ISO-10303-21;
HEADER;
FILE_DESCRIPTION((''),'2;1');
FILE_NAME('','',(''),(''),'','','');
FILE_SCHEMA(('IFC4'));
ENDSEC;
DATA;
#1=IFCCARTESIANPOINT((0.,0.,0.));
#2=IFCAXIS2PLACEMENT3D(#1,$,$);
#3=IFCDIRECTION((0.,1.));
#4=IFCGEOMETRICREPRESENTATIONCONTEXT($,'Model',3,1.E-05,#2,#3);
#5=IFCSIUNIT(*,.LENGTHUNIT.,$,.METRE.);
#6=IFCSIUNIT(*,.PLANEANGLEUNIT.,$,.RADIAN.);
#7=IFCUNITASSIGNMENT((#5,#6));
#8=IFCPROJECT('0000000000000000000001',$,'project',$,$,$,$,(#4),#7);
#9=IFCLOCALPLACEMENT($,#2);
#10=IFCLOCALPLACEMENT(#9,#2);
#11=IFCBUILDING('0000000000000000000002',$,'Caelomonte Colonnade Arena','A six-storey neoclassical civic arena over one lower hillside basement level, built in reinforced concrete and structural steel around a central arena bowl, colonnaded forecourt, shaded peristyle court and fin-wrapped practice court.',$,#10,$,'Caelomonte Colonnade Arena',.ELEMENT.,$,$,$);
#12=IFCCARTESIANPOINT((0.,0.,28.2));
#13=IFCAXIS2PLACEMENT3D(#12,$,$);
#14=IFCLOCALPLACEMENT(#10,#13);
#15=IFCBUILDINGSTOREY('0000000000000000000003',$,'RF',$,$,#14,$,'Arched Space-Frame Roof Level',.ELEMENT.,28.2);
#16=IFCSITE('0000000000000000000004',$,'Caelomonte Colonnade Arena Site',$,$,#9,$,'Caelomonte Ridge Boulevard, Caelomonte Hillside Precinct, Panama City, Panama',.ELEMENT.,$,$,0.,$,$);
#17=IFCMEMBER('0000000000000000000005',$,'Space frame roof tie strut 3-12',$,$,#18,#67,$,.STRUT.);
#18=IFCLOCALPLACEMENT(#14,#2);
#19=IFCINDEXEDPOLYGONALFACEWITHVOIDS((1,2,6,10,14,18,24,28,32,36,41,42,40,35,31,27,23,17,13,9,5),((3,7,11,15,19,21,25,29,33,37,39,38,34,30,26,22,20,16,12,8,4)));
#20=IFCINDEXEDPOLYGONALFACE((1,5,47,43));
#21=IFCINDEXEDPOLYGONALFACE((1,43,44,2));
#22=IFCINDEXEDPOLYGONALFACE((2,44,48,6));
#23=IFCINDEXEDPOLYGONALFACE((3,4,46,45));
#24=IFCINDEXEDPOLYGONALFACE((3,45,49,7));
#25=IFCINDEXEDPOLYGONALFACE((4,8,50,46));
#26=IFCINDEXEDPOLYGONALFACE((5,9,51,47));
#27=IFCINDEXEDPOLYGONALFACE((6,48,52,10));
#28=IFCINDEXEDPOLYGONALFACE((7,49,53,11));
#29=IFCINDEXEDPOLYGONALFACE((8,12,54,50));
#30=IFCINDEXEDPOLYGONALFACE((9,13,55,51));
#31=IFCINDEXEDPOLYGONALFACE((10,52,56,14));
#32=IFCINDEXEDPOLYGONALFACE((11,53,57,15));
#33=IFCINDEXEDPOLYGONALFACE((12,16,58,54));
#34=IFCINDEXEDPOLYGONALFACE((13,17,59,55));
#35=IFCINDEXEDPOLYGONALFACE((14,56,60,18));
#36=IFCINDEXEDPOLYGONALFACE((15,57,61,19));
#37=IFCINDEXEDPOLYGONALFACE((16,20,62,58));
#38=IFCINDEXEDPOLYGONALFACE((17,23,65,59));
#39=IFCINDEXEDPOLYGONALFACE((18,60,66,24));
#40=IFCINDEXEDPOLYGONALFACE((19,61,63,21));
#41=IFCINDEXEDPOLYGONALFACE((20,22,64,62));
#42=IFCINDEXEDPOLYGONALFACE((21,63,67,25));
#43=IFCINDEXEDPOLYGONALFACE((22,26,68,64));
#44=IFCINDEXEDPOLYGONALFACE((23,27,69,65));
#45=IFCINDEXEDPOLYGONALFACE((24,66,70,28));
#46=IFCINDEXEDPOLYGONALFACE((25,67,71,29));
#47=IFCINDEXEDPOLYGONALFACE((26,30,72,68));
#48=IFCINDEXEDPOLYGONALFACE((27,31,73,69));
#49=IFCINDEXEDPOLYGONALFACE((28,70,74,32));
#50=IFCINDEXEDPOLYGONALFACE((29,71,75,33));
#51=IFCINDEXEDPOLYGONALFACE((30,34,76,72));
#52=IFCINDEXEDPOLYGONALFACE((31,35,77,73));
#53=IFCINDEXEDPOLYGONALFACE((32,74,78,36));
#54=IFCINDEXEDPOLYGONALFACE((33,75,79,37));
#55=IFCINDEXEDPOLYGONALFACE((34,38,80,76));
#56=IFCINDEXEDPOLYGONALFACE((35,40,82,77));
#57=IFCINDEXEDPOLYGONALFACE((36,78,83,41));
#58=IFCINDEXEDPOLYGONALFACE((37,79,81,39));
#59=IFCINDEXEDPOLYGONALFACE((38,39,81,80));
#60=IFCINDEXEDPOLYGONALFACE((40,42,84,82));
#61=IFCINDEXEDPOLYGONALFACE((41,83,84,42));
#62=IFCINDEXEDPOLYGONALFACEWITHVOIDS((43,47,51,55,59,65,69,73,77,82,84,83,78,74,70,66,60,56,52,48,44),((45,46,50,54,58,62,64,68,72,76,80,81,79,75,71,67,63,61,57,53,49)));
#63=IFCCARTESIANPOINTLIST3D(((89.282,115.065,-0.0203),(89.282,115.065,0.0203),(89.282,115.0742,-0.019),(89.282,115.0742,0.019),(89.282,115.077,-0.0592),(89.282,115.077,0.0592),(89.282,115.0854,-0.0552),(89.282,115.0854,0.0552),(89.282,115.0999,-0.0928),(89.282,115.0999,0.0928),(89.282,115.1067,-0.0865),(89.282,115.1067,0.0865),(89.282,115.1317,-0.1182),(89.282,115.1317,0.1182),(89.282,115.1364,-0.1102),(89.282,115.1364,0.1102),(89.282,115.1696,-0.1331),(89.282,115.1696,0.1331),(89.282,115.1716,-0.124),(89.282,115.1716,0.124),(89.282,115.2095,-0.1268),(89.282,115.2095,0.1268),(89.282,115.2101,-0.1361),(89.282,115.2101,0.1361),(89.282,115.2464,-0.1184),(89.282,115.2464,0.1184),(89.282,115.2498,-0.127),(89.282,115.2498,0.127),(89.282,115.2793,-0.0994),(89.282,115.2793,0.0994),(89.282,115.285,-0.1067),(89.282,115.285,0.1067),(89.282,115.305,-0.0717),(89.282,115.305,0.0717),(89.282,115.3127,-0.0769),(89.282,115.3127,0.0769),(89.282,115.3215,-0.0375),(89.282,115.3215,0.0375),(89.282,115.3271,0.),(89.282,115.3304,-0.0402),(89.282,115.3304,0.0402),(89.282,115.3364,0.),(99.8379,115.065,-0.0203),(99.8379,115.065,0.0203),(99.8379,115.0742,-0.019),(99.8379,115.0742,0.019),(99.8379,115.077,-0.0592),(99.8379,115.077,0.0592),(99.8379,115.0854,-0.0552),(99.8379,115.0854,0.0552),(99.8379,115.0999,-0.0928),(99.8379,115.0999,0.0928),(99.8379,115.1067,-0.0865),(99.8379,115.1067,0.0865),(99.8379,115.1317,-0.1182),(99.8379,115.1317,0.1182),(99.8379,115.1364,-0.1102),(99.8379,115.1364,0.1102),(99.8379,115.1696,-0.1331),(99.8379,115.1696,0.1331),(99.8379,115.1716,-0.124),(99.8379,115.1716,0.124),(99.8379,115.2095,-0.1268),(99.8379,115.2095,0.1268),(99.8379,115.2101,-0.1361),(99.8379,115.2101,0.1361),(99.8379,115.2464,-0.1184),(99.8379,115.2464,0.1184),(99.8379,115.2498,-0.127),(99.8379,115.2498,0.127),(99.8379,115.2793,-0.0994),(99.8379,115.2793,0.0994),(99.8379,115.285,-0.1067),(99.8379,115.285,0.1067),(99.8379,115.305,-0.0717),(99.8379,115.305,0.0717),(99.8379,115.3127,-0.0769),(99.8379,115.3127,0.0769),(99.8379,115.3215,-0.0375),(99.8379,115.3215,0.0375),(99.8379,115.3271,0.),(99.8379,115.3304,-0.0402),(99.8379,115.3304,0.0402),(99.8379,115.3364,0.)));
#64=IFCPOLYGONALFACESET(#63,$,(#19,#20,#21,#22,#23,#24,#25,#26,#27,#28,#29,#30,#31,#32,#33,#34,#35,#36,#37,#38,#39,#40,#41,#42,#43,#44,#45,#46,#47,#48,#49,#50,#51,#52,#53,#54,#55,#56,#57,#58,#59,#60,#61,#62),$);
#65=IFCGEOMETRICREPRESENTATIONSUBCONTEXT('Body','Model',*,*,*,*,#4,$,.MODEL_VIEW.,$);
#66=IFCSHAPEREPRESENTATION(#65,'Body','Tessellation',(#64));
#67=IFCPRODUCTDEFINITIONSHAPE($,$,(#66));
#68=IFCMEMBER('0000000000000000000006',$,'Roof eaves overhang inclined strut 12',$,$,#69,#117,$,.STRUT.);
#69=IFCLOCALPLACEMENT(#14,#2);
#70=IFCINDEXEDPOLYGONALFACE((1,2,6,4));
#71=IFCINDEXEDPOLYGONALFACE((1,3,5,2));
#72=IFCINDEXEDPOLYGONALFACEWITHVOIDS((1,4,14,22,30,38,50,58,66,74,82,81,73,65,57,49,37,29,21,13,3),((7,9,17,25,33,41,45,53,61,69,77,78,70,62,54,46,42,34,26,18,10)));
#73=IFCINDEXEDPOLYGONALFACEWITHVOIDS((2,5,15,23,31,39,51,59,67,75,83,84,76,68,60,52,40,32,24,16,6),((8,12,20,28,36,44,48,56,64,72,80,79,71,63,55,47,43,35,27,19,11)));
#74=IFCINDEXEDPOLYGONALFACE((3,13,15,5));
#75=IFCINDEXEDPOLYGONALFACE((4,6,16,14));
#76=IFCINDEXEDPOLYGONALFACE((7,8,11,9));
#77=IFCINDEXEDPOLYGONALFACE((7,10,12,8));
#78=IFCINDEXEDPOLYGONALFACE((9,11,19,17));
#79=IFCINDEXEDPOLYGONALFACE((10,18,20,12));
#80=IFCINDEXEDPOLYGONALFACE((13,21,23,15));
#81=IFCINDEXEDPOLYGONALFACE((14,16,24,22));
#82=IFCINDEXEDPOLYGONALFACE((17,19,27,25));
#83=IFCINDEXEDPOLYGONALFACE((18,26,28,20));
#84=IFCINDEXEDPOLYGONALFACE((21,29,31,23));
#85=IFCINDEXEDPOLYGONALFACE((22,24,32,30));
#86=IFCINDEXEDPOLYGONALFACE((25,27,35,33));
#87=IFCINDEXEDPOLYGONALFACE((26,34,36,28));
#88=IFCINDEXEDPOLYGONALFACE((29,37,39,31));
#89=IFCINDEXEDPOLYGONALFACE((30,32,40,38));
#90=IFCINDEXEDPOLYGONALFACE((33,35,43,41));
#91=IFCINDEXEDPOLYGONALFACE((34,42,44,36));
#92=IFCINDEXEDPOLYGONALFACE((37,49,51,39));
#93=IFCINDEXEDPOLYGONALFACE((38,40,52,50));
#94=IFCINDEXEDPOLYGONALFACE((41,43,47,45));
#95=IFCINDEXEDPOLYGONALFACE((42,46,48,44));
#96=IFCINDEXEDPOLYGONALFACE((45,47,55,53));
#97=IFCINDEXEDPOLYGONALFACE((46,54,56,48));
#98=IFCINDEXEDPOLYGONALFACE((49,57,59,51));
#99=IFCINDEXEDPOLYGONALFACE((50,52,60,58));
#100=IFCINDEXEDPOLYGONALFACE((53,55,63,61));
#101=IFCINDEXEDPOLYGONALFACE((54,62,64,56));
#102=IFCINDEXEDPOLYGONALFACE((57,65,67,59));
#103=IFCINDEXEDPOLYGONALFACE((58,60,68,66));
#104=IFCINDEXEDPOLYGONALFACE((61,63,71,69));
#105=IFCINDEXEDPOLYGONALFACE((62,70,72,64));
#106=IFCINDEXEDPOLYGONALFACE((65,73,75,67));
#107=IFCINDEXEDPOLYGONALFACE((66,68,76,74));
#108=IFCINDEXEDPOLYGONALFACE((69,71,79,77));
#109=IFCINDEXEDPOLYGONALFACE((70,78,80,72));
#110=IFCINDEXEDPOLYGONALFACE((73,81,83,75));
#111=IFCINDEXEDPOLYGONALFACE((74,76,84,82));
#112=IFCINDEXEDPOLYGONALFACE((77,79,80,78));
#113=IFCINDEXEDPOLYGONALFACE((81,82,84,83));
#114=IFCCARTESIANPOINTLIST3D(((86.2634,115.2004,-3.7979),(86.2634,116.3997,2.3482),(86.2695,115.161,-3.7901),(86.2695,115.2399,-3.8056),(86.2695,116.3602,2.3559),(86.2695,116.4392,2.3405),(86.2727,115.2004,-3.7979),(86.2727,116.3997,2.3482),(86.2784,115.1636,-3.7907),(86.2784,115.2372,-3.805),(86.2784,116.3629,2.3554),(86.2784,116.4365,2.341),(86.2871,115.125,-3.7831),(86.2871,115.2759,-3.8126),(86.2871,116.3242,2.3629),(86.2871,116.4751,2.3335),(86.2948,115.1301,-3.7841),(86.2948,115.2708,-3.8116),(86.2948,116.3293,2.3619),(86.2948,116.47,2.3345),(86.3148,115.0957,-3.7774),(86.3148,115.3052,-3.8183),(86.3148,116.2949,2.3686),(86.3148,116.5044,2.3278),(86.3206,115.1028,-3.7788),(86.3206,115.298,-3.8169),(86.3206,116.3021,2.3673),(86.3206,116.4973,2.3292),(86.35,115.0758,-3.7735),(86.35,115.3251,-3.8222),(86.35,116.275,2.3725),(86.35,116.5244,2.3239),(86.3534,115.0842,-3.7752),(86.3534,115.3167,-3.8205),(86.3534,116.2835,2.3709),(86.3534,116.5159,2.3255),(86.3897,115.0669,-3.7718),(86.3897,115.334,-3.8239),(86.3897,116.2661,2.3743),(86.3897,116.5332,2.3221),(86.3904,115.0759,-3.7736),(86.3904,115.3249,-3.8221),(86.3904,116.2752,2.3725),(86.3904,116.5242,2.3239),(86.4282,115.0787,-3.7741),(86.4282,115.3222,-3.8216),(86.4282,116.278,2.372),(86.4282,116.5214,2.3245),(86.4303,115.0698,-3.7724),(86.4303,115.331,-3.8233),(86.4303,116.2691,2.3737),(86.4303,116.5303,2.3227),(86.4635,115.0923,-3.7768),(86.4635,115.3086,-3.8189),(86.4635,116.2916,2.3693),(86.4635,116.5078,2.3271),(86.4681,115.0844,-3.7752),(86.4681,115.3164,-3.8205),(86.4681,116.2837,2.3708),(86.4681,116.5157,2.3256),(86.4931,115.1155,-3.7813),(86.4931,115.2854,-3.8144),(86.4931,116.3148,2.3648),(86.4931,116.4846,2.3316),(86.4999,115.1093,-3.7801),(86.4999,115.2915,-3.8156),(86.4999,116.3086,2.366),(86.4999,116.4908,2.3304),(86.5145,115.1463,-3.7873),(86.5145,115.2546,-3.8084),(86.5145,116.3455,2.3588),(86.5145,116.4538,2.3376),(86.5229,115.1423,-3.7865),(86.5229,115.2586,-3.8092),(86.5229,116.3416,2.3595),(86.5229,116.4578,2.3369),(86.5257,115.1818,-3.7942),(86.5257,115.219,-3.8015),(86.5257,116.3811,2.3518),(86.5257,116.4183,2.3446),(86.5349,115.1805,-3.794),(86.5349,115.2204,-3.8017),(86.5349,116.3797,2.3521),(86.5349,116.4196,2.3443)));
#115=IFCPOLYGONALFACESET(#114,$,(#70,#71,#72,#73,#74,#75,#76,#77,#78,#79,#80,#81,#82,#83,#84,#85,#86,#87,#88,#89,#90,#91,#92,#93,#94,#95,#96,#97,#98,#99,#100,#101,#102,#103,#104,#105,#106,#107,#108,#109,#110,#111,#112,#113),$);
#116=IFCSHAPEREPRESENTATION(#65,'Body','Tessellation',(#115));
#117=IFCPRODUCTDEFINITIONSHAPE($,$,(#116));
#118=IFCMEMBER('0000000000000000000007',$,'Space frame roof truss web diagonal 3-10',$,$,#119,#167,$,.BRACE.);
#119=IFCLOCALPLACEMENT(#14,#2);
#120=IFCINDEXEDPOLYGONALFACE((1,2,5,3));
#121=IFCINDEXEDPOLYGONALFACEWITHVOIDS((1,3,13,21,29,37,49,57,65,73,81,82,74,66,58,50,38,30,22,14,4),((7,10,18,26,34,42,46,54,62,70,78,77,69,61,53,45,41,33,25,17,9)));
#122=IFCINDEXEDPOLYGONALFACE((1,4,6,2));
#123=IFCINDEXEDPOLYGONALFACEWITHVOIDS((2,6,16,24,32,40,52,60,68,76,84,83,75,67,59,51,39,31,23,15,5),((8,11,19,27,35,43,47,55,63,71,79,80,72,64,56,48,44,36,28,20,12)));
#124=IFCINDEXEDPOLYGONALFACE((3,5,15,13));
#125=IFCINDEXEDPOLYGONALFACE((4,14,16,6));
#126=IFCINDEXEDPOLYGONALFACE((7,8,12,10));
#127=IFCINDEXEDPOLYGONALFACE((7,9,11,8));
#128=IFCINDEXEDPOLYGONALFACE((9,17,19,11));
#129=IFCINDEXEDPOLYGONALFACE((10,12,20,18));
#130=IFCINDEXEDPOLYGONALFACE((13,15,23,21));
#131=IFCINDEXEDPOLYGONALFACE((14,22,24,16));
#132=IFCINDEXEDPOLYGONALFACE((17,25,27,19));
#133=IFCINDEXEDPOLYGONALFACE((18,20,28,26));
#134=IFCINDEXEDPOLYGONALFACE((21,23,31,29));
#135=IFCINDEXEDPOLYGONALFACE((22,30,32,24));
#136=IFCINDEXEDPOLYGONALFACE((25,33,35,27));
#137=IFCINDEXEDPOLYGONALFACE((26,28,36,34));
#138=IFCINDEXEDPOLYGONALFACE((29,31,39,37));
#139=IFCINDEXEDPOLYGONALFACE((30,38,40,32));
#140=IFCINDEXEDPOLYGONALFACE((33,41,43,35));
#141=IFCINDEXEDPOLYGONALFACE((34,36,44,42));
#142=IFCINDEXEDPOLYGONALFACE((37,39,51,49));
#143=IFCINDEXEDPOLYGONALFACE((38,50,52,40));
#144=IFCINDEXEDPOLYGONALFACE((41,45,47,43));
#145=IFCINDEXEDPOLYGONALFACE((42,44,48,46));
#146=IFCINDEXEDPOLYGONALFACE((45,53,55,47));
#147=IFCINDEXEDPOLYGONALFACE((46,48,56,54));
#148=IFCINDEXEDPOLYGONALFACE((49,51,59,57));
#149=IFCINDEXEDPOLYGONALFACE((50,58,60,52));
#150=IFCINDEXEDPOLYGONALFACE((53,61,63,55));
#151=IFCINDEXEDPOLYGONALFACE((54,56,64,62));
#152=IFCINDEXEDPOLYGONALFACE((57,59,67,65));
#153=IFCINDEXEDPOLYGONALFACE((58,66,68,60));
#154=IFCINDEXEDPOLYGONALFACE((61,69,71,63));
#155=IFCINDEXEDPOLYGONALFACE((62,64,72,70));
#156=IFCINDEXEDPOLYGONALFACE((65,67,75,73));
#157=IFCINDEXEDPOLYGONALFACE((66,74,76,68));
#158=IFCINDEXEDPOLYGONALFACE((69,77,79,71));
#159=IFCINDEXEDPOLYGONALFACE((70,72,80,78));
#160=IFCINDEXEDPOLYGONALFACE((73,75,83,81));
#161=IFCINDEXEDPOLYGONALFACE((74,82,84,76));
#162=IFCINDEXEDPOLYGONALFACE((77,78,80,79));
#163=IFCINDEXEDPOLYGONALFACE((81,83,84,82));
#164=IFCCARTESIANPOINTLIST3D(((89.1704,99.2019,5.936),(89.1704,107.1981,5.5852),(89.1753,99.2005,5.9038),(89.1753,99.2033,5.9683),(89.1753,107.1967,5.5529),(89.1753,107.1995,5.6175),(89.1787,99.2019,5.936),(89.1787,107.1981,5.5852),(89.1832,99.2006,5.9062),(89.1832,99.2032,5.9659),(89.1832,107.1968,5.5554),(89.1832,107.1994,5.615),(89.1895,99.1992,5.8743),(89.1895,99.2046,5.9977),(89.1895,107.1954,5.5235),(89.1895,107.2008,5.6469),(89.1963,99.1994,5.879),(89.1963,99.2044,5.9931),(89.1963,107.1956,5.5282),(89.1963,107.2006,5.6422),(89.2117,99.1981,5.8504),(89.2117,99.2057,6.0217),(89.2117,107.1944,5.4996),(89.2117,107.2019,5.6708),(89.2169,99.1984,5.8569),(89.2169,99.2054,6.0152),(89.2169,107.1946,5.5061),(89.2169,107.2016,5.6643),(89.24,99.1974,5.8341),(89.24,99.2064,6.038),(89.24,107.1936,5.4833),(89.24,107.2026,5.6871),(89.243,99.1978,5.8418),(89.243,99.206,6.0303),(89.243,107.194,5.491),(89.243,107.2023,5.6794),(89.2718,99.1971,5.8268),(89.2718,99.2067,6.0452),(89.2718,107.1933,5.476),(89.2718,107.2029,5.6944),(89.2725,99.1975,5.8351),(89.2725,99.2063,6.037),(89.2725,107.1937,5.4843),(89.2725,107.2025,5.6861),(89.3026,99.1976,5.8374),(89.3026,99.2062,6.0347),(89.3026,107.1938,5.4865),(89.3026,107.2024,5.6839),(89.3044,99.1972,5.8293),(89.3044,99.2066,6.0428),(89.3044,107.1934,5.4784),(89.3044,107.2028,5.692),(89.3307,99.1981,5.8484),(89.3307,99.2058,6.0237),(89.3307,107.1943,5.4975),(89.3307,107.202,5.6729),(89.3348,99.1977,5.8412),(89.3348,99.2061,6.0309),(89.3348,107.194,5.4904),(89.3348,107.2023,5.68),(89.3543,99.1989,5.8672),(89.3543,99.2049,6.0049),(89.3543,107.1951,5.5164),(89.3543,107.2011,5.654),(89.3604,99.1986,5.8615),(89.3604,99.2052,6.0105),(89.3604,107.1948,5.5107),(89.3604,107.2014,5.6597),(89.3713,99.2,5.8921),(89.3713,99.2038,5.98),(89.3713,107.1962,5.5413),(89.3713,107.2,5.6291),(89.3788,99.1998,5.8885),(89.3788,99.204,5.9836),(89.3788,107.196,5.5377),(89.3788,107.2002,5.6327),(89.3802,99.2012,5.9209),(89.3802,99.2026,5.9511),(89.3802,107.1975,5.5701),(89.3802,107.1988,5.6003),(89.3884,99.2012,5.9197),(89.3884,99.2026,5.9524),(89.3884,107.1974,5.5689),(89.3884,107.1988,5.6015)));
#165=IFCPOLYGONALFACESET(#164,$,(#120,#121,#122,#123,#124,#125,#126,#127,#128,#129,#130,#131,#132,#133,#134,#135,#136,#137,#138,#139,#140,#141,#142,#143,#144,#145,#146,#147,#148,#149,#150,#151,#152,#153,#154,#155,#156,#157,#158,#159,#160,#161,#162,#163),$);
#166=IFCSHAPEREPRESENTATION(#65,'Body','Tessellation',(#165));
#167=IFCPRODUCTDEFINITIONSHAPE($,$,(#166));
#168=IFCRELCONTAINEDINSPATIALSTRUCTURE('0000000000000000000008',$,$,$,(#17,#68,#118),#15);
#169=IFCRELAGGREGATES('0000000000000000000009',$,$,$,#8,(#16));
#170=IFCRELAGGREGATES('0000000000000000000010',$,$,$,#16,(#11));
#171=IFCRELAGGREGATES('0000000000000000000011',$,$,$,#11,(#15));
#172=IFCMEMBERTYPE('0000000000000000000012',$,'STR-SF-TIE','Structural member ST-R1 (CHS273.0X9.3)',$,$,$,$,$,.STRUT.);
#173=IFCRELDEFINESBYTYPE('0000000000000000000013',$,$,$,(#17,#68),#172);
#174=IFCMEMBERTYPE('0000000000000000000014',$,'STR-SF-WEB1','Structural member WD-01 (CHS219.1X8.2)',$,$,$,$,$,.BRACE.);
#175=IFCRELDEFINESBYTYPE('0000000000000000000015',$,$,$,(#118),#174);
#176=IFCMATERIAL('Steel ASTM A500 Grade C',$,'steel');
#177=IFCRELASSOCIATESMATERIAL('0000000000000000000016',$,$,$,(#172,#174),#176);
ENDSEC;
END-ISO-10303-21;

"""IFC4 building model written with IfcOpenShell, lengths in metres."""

from ifc_helpers import new_model, si_unit, direction, frame, origin, origin_2d, place, context, subcontext, project, spatial, hollow_circle, extrude, material, material_profile, profile_set, type_object, element, save


model = new_model("IFC4")

# Units and contexts
model_context = context("Model", 3, precision=1e-05, world=origin(), true_north=direction((0.0, 1.0)))
body_context = subcontext(model_context, "Body", "Model", "MODEL_VIEW")
ifc_project = project(units=[si_unit("LENGTHUNIT", "METRE"), si_unit("PLANEANGLEUNIT", "RADIAN")], contexts=[model_context])

# Site, building, storey
site_placement = place(None, origin())
site = spatial("IfcSite", under=ifc_project, at=site_placement, Name="Caelomonte Colonnade Arena Site", LongName="Caelomonte Ridge Boulevard, Caelomonte Hillside Precinct, Panama City, Panama", CompositionType="ELEMENT", RefElevation=0.0)
building_placement = place(site_placement, origin())
building = spatial("IfcBuilding", under=site, at=building_placement, Name="Caelomonte Colonnade Arena", Description="A six-storey neoclassical civic arena over one lower hillside basement level, built in reinforced concrete and structural steel around a central arena bowl, colonnaded forecourt, shaded peristyle court and fin-wrapped practice court.", LongName="Caelomonte Colonnade Arena", CompositionType="ELEMENT")
storey_placement = place(building_placement, frame((0.0, 0.0, 28.2)))
storey = spatial("IfcBuildingStorey", under=building, at=storey_placement, Name="RF", LongName="Arched Space-Frame Roof Level", CompositionType="ELEMENT", Elevation=28.2)

# Members
ifc_material_1 = material(Name="Steel ASTM A500 Grade C", Category="steel")
ifc_material_profile_1 = material_profile(ifc_material_1, hollow_circle(Radius=0.1365, WallThickness=0.0093, at=origin_2d()), Name="CHS273.0X9.3")
ifc_profile_set_1 = profile_set([ifc_material_profile_1], Name="Steel ASTM A500 Grade C")
member_type_1 = type_object("IfcMemberType", Name="STR-SF-TIE", Description="Structural member ST-R1 (CHS273.0X9.3)", PredefinedType="STRUT", material=ifc_profile_set_1)
for number, where, z_axis, x_axis, name in (
    (1, (89.282, 115.2, 0.0), (1.0, 0.0, 0.0), (0.0, 1.0, 0.0), "Space frame roof tie strut 3-12"),
):
    element("IfcMember", number, at=place(storey_placement, frame(where, z_axis=z_axis, x_axis=x_axis)), inside=storey, type_object=member_type_1, Name=name, PredefinedType="STRUT", context=body_context, shape_type="SweptSolid", body=[
        extrude(hollow_circle(Radius=0.1365, WallThickness=0.0093, at=origin_2d()), origin(), (0.0, 0.0, 1.0), 10.5559),
    ])
member_1_placement = place(storey_placement, frame((86.3999, 115.2004, -3.7979), z_axis=(0.0, 0.19151, 0.981491), x_axis=(-1.0, 0.0, 0.0)))
element("IfcMember", 2, at=member_1_placement, inside=storey, type_object=member_type_1, Name="Roof eaves overhang inclined strut 12", PredefinedType="STRUT", context=body_context, shape_type="SweptSolid", body=[
    extrude(hollow_circle(Radius=0.1365, WallThickness=0.0093, at=origin_2d()), origin(), (0.0, 0.0, 1.0), 6.262),
])
ifc_material_profile_2 = material_profile(ifc_material_1, hollow_circle(Radius=0.1096, WallThickness=0.0083, at=origin_2d()), Name="CHS219.1X8.2")
ifc_profile_set_2 = profile_set([ifc_material_profile_2], Name="Steel ASTM A500 Grade C")
member_type_2 = type_object("IfcMemberType", Name="STR-SF-WEB1", Description="Structural member WD-01 (CHS219.1X8.2)", PredefinedType="BRACE", material=ifc_profile_set_2)
member_2_placement = place(storey_placement, frame((89.28, 99.2019, 5.936), z_axis=(0.0, 0.999039, -0.043833), x_axis=(-1.0, 0.0, 0.0)))
element("IfcMember", 3, at=member_2_placement, inside=storey, type_object=member_type_2, Name="Space frame roof truss web diagonal 3-10", PredefinedType="BRACE", context=body_context, shape_type="SweptSolid", body=[
    extrude(hollow_circle(Radius=0.1096, WallThickness=0.0083, at=origin_2d()), origin(), (0.0, 0.0, 1.0), 8.0039),
])

save(model, "model.ifc")
